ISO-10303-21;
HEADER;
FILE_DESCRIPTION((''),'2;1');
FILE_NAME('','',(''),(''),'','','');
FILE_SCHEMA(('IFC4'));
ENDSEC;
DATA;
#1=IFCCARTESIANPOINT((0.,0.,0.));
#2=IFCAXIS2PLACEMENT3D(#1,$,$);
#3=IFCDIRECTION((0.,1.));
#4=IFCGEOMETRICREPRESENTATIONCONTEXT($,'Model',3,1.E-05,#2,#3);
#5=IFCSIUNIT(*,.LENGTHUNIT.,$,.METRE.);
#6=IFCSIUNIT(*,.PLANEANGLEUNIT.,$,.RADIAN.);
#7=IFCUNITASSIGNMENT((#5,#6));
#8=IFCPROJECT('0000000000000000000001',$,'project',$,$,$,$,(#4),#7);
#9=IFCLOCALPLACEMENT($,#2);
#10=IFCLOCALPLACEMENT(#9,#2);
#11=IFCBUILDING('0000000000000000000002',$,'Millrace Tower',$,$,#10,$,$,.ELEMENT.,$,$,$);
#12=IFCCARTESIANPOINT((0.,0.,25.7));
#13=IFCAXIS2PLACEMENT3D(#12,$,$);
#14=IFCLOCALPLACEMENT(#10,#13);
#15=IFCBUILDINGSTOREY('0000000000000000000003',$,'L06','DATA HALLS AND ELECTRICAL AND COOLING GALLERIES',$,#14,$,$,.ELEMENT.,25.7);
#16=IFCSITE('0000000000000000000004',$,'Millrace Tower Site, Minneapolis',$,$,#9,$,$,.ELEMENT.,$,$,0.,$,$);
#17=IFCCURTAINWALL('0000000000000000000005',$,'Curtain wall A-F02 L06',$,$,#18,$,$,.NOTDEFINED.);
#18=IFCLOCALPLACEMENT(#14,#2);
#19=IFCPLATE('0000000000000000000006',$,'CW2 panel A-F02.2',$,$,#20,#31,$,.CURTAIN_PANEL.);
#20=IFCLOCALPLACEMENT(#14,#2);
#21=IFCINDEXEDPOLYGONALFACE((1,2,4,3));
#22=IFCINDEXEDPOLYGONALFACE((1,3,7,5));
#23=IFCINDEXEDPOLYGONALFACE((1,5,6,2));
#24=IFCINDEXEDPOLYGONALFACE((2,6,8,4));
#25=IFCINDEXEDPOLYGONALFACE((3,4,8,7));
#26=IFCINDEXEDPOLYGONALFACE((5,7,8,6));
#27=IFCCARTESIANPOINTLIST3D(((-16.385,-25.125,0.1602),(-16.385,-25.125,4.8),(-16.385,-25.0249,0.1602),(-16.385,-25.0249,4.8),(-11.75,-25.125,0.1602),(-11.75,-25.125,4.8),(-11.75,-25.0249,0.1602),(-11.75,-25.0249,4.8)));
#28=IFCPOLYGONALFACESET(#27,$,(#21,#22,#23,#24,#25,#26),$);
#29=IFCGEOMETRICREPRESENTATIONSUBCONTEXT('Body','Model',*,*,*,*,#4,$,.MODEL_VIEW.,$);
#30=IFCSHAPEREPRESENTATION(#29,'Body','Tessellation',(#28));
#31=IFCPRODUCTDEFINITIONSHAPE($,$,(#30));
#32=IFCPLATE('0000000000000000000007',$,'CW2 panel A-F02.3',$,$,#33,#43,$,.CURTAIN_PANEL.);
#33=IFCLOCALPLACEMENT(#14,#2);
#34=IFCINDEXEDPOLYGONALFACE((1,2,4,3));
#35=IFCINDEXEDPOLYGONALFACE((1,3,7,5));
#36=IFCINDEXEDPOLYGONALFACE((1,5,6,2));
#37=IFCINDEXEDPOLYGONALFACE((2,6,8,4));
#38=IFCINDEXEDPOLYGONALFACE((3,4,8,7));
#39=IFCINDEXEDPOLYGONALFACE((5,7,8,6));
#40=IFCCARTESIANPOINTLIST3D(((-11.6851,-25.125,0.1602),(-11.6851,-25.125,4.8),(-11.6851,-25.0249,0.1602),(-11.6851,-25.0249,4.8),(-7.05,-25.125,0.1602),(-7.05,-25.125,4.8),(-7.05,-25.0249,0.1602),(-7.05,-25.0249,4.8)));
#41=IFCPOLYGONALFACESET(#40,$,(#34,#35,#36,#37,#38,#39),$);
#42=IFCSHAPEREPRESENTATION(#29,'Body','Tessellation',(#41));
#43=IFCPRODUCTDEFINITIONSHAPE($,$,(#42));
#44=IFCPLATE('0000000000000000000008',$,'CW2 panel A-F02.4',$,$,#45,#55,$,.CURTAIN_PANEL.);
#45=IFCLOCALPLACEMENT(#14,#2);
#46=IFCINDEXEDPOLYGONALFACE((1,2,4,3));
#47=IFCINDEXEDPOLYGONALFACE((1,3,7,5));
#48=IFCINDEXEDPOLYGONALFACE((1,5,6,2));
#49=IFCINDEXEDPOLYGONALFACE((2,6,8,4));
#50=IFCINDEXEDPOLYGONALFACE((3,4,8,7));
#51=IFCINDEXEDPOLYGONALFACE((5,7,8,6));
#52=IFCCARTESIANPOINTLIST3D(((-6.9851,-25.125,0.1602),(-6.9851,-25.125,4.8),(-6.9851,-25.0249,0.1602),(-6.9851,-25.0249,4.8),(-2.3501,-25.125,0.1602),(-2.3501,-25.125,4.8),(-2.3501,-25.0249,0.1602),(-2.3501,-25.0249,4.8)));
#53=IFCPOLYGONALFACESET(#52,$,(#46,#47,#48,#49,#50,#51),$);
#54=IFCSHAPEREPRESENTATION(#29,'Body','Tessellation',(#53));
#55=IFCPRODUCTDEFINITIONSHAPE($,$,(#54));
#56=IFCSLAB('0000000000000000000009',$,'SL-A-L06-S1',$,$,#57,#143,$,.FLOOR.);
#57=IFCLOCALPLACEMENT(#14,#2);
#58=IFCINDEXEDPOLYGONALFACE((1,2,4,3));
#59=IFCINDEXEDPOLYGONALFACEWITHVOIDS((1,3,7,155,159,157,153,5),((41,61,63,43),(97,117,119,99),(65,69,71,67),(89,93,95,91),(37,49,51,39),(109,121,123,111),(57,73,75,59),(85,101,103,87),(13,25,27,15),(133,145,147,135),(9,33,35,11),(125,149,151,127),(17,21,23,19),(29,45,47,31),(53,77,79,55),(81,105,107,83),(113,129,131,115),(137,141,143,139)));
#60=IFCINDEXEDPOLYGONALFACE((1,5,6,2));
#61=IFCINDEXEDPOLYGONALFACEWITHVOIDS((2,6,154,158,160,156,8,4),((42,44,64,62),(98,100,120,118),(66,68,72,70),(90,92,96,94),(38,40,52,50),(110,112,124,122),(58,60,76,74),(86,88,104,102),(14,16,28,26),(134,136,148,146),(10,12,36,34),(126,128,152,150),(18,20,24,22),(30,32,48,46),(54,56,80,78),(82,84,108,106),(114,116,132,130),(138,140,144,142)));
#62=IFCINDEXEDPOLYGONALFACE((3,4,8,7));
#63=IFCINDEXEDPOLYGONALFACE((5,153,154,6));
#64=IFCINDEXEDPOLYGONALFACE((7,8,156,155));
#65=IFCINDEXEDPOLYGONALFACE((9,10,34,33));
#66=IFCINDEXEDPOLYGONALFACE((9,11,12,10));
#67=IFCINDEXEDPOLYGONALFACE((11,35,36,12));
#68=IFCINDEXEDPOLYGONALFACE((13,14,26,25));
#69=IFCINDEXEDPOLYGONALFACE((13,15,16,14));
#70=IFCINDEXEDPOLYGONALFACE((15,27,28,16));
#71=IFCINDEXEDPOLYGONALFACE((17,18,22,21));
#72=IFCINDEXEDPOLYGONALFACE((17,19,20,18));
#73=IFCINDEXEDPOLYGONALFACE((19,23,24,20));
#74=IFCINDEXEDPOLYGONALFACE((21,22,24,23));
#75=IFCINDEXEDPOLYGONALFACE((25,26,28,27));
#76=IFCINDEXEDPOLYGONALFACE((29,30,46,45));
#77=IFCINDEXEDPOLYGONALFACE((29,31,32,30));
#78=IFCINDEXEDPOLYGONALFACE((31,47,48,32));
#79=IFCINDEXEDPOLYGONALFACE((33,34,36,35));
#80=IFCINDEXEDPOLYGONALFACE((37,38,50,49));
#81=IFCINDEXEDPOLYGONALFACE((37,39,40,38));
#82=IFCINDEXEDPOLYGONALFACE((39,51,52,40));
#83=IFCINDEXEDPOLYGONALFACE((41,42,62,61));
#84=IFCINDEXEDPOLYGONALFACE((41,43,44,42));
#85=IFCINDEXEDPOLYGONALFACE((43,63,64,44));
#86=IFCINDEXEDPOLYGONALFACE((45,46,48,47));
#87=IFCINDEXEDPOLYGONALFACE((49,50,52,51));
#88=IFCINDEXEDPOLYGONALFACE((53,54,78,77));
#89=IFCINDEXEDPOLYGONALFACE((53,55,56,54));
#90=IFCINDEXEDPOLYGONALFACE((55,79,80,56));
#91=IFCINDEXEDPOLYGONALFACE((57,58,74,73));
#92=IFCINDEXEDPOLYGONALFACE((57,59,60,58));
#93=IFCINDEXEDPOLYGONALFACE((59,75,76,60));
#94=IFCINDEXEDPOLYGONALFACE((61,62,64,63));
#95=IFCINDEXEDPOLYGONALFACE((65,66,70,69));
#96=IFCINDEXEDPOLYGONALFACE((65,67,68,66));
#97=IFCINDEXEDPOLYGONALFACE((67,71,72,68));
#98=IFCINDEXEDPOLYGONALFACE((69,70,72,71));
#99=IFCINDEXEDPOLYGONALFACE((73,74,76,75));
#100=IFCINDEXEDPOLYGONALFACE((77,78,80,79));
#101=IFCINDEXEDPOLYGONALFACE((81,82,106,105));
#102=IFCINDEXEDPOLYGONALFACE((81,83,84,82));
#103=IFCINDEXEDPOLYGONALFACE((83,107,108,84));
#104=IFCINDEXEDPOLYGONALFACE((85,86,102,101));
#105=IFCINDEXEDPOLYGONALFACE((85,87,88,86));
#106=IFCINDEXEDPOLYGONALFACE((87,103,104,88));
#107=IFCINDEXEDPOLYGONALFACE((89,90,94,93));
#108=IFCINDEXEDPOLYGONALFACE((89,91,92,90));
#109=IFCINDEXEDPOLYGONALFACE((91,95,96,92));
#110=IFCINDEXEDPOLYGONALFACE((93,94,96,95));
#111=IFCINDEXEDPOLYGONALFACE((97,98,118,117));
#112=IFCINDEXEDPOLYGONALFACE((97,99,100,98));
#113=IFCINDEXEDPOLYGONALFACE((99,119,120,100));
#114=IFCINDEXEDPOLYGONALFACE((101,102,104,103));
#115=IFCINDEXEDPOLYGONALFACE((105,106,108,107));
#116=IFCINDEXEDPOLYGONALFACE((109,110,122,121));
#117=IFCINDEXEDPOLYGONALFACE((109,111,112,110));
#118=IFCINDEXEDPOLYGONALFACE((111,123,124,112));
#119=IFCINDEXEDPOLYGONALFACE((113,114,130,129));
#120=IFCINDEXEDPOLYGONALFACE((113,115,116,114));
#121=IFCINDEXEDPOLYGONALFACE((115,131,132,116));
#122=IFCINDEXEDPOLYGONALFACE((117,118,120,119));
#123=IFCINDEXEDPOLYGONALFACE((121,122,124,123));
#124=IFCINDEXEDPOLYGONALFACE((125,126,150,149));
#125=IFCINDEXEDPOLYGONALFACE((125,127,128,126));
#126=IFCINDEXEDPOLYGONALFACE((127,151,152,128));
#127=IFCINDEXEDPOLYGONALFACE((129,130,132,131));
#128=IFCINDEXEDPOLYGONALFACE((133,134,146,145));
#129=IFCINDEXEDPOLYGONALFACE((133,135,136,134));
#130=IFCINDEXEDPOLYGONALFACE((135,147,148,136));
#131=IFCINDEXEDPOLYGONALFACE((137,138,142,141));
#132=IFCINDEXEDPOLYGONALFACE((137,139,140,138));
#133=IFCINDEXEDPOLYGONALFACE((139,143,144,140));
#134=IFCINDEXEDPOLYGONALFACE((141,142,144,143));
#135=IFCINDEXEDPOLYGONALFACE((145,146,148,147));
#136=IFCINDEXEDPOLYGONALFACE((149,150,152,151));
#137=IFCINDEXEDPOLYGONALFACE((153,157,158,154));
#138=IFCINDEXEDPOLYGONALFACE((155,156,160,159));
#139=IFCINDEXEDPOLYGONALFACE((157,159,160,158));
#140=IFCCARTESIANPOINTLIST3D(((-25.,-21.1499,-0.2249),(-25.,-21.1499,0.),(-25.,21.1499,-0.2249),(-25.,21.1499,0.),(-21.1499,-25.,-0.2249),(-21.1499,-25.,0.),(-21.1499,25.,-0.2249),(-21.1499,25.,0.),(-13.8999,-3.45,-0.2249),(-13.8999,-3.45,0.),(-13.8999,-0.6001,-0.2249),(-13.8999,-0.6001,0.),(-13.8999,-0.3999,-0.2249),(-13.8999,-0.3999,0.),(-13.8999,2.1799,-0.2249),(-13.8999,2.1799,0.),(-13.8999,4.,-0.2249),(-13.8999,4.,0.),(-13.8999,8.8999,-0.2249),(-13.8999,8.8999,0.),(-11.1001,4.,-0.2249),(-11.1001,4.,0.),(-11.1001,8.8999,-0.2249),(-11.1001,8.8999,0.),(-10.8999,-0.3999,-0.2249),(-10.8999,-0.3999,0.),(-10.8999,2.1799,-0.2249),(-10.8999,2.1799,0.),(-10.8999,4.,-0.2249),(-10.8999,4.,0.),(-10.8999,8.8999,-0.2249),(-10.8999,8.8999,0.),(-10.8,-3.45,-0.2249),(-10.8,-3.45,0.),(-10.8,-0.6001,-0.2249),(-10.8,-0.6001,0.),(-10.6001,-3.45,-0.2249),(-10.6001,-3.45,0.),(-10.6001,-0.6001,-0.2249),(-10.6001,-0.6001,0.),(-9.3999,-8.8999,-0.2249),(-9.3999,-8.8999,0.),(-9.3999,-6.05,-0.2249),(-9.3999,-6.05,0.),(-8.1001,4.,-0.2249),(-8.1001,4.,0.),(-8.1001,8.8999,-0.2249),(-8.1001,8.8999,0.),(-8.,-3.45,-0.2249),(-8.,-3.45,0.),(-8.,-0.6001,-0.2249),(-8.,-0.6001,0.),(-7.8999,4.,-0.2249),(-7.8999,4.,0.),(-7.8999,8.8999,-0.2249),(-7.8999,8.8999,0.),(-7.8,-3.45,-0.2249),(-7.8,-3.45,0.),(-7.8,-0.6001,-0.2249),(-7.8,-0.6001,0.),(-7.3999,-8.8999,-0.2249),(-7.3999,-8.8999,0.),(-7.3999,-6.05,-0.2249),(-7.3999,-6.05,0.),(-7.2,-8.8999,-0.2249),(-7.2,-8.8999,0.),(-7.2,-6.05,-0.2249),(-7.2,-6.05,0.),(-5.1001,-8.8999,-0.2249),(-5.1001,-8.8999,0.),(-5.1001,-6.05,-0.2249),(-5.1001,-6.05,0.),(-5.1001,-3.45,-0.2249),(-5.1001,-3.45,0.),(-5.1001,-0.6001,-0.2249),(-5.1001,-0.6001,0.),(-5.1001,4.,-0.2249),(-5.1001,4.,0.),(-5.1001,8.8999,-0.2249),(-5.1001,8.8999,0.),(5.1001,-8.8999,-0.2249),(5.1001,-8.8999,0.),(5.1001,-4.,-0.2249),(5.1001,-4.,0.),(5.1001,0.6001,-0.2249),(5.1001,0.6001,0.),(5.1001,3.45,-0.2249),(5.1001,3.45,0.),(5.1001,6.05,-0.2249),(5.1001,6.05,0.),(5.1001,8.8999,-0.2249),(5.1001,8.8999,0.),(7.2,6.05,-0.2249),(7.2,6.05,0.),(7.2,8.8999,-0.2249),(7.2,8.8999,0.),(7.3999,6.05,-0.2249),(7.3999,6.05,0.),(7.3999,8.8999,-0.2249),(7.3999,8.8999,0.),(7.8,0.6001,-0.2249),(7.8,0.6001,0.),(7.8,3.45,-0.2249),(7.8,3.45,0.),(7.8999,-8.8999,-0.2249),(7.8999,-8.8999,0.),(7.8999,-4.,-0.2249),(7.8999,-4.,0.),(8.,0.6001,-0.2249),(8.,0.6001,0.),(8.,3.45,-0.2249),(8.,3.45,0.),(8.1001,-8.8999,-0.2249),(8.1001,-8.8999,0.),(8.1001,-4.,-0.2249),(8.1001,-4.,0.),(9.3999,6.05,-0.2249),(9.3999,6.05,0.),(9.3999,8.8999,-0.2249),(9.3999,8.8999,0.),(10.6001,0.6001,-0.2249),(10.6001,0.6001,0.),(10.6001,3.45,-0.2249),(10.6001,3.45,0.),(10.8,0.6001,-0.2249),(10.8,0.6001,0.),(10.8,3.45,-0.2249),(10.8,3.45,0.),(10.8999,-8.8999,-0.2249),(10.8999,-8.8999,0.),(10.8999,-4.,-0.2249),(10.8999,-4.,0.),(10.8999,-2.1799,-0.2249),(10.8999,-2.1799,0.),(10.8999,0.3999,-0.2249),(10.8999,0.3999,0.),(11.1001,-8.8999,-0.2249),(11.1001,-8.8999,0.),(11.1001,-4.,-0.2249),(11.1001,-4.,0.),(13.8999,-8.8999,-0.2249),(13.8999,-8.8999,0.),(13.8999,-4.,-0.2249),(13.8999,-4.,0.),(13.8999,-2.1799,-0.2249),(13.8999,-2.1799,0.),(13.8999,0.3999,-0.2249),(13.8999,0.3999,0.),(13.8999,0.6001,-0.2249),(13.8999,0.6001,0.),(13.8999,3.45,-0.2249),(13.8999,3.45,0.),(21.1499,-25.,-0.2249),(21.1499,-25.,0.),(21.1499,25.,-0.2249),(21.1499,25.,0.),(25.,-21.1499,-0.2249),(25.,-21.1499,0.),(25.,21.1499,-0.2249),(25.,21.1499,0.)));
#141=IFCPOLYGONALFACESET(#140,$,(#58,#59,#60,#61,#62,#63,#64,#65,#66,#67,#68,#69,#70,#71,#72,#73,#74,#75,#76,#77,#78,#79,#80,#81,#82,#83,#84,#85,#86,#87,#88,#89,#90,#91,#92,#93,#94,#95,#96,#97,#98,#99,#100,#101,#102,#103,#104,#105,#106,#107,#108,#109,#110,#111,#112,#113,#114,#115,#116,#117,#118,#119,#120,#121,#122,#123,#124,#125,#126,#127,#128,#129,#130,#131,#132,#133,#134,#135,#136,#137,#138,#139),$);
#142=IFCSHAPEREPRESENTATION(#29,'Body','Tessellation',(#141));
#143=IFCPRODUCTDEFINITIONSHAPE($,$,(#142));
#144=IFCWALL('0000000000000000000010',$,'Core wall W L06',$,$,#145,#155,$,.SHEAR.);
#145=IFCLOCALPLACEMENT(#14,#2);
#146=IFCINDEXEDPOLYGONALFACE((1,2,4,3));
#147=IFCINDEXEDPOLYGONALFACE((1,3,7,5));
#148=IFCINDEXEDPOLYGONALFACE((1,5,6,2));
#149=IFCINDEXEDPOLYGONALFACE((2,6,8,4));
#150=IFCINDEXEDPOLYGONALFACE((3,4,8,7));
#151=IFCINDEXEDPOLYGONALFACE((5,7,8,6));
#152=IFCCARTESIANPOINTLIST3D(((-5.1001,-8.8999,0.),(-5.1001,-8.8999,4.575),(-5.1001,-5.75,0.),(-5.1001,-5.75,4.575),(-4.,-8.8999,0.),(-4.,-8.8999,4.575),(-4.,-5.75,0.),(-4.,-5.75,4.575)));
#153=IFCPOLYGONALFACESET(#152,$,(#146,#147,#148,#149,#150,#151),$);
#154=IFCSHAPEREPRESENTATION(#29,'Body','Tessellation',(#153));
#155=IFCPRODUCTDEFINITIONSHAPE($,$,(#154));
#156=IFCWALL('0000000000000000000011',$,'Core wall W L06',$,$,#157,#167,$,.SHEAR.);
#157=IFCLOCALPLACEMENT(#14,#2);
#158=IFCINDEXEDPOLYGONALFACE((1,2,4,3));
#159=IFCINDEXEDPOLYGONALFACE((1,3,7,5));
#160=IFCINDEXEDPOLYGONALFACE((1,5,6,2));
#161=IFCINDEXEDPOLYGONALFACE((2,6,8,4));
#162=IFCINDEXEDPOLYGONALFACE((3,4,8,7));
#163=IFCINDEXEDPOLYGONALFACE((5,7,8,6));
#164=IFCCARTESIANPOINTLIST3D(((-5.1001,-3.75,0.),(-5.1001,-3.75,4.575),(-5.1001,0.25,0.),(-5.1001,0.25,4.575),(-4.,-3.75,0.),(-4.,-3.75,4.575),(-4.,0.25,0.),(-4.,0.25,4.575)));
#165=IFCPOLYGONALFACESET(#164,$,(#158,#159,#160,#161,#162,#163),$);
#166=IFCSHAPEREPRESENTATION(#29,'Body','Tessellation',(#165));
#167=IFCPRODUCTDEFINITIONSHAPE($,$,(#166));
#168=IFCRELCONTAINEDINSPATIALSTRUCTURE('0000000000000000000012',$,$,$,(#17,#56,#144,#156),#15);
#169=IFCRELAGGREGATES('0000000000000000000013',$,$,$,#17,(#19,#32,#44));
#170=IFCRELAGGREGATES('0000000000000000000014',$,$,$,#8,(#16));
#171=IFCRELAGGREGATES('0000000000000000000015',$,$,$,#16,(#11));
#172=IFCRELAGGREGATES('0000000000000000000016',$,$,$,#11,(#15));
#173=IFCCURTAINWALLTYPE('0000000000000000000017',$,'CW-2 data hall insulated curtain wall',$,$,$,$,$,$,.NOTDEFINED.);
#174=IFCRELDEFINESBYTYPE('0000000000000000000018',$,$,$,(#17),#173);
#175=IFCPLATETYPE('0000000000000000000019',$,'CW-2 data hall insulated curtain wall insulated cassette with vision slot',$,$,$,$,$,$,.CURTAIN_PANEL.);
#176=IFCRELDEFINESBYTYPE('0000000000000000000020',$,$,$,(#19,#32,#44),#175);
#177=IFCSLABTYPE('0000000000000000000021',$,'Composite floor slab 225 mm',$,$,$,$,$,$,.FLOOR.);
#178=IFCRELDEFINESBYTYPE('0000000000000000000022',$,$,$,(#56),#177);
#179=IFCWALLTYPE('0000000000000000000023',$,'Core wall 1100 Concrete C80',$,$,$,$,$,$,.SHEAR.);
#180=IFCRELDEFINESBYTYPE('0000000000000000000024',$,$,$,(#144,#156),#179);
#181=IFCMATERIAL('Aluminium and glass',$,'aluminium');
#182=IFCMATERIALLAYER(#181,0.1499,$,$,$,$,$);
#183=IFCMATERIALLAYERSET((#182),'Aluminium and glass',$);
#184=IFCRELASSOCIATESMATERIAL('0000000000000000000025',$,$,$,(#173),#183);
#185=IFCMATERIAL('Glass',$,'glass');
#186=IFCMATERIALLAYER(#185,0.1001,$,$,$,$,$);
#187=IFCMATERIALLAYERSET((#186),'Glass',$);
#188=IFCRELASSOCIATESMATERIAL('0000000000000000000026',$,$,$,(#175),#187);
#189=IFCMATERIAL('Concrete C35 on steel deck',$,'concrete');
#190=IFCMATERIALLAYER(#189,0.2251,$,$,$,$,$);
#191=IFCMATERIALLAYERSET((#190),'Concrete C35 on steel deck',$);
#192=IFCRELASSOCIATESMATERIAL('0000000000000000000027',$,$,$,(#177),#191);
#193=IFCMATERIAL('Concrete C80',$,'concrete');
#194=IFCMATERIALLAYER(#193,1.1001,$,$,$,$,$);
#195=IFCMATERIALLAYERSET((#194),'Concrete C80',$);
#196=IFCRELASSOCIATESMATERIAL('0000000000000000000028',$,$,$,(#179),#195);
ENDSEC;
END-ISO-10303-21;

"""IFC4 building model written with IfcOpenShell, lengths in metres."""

from ifc_helpers import new_model, si_unit, direction, frame, frame_2d, origin, place, context, subcontext, project, spatial, polyline, rectangle, outline, extrude, material, layer, layer_set, type_object, element, aggregate, save


model = new_model("IFC4")

# Units and contexts
model_context = context("Model", 3, precision=1e-05, world=origin(), true_north=direction((0.0, 1.0)))
body_context = subcontext(model_context, "Body", "Model", "MODEL_VIEW")
ifc_project = project(units=[si_unit("LENGTHUNIT", "METRE"), si_unit("PLANEANGLEUNIT", "RADIAN")], contexts=[model_context])

# Site, building, storey
site_placement = place(None, origin())
site = spatial("IfcSite", under=ifc_project, at=site_placement, Name="Millrace Tower Site, Minneapolis", CompositionType="ELEMENT", RefElevation=0.0)
building_placement = place(site_placement, origin())
building = spatial("IfcBuilding", under=site, at=building_placement, Name="Millrace Tower", CompositionType="ELEMENT")
storey_placement = place(building_placement, frame((0.0, 0.0, 25.7)))
storey = spatial("IfcBuildingStorey", under=building, at=storey_placement, Name="L06", Description="DATA HALLS AND ELECTRICAL AND COOLING GALLERIES", CompositionType="ELEMENT", Elevation=25.7)

# Shared definitions
ifc_material_1 = material(Name="Aluminium and glass", Category="aluminium")
ifc_layer_1 = layer(ifc_material_1, 0.1499)
ifc_layer_set_1 = layer_set([ifc_layer_1], Name="Aluminium and glass")
curtain_wall_type = type_object("IfcCurtainWallType", Name="CW-2 data hall insulated curtain wall", PredefinedType="NOTDEFINED", material=ifc_layer_set_1)
placement_1 = place(storey_placement, origin())
ifc_material_2 = material(Name="Glass", Category="glass")
ifc_layer_2 = layer(ifc_material_2, 0.1001)
ifc_layer_set_2 = layer_set([ifc_layer_2], Name="Glass")
plate_type = type_object("IfcPlateType", Name="CW-2 data hall insulated curtain wall insulated cassette with vision slot", PredefinedType="CURTAIN_PANEL", material=ifc_layer_set_2)
placement_2 = place(storey_placement, frame((0.0, 0.0, 0.1602)))

# Curtain wall, plates
curtain_wall_1 = element("IfcCurtainWall", 1, at=placement_1, inside=storey, type_object=curtain_wall_type, Name="Curtain wall A-F02 L06", PredefinedType="NOTDEFINED")
plate_1 = element("IfcPlate", 2, at=placement_2, type_object=plate_type, Name="CW2 panel A-F02.2", PredefinedType="CURTAIN_PANEL", context=body_context, shape_type="SweptSolid", body=[
    extrude(outline(polyline([(-16.385, -25.125), (-11.75, -25.125), (-11.75, -25.0249), (-16.385, -25.0249), (-16.385, -25.125)])), origin(), (0.0, 0.0, 1.0), 4.6399),
])
plate_2 = element("IfcPlate", 3, at=placement_2, type_object=plate_type, Name="CW2 panel A-F02.3", PredefinedType="CURTAIN_PANEL", context=body_context, shape_type="SweptSolid", body=[
    extrude(outline(polyline([(-11.6851, -25.125), (-7.05, -25.125), (-7.05, -25.0249), (-11.6851, -25.0249), (-11.6851, -25.125)])), origin(), (0.0, 0.0, 1.0), 4.6399),
])
plate_3 = element("IfcPlate", 4, at=placement_2, type_object=plate_type, Name="CW2 panel A-F02.4", PredefinedType="CURTAIN_PANEL", context=body_context, shape_type="SweptSolid", body=[
    extrude(outline(polyline([(-6.9851, -25.125), (-2.3501, -25.125), (-2.3501, -25.0249), (-6.9851, -25.0249), (-6.9851, -25.125)])), origin(), (0.0, 0.0, 1.0), 4.6399),
])
aggregate(curtain_wall_1, [plate_1, plate_2, plate_3])

# Slab
ifc_material_3 = material(Name="Concrete C35 on steel deck", Category="concrete")
ifc_layer_3 = layer(ifc_material_3, 0.2251)
ifc_layer_set_3 = layer_set([ifc_layer_3], Name="Concrete C35 on steel deck")
slab_type = type_object("IfcSlabType", Name="Composite floor slab 225 mm", PredefinedType="FLOOR", material=ifc_layer_set_3)
slab_placement = place(storey_placement, frame((0.0, 0.0, -0.2249)))
element("IfcSlab", 5, at=slab_placement, inside=storey, type_object=slab_type, Name="SL-A-L06-S1", PredefinedType="FLOOR", context=body_context, shape_type="SweptSolid", body=[
    extrude(outline(polyline([(-25.0, -21.1499), (-21.1499, -25.0), (21.1499, -25.0), (25.0, -21.1499), (25.0, 21.1499), (21.1499, 25.0), (-21.1499, 25.0), (-25.0, 21.1499), (-25.0, -21.1499)]), holes=[polyline([(-9.3999, -8.8999), (-7.3999, -8.8999), (-7.3999, -6.05), (-9.3999, -6.05), (-9.3999, -8.8999)]), polyline([(-7.2, -8.8999), (-5.1001, -8.8999), (-5.1001, -6.05), (-7.2, -6.05), (-7.2, -8.8999)]), polyline([(-13.8999, -3.45), (-10.8, -3.45), (-10.8, -0.6001), (-13.8999, -0.6001), (-13.8999, -3.45)]), polyline([(-10.6001, -3.45), (-8.0, -3.45), (-8.0, -0.6001), (-10.6001, -0.6001), (-10.6001, -3.45)]), polyline([(-7.8, -3.45), (-5.1001, -3.45), (-5.1001, -0.6001), (-7.8, -0.6001), (-7.8, -3.45)]), polyline([(-13.8999, -0.3999), (-10.8999, -0.3999), (-10.8999, 2.1799), (-13.8999, 2.1799), (-13.8999, -0.3999)]), polyline([(-13.8999, 4.0), (-11.1001, 4.0), (-11.1001, 8.8999), (-13.8999, 8.8999), (-13.8999, 4.0)]), polyline([(-10.8999, 4.0), (-8.1001, 4.0), (-8.1001, 8.8999), (-10.8999, 8.8999), (-10.8999, 4.0)]), polyline([(-7.8999, 4.0), (-5.1001, 4.0), (-5.1001, 8.8999), (-7.8999, 8.8999), (-7.8999, 4.0)]), polyline([(7.3999, 6.05), (9.3999, 6.05), (9.3999, 8.8999), (7.3999, 8.8999), (7.3999, 6.05)]), polyline([(5.1001, 6.05), (7.2, 6.05), (7.2, 8.8999), (5.1001, 8.8999), (5.1001, 6.05)]), polyline([(10.8, 0.6001), (13.8999, 0.6001), (13.8999, 3.45), (10.8, 3.45), (10.8, 0.6001)]), polyline([(8.0, 0.6001), (10.6001, 0.6001), (10.6001, 3.45), (8.0, 3.45), (8.0, 0.6001)]), polyline([(5.1001, 0.6001), (7.8, 0.6001), (7.8, 3.45), (5.1001, 3.45), (5.1001, 0.6001)]), polyline([(10.8999, -2.1799), (13.8999, -2.1799), (13.8999, 0.3999), (10.8999, 0.3999), (10.8999, -2.1799)]), polyline([(11.1001, -8.8999), (13.8999, -8.8999), (13.8999, -4.0), (11.1001, -4.0), (11.1001, -8.8999)]), polyline([(8.1001, -8.8999), (10.8999, -8.8999), (10.8999, -4.0), (8.1001, -4.0), (8.1001, -8.8999)]), polyline([(5.1001, -8.8999), (7.8999, -8.8999), (7.8999, -4.0), (5.1001, -4.0), (5.1001, -8.8999)])]), origin(), (0.0, 0.0, 1.0), 0.2249),
])

# Walls
ifc_material_4 = material(Name="Concrete C80", Category="concrete")
ifc_layer_4 = layer(ifc_material_4, 1.1001)
ifc_layer_set_4 = layer_set([ifc_layer_4], Name="Concrete C80")
wall_type_1 = type_object("IfcWallType", Name="Core wall 1100 Concrete C80", PredefinedType="SHEAR", material=ifc_layer_set_4)
wall_1_placement = place(storey_placement, frame((-4.55, -8.8999, 0.0), z_axis=(0.0, 0.0, 1.0), x_axis=(0.0, 1.0, 0.0)))
element("IfcWall", 6, at=wall_1_placement, inside=storey, type_object=wall_type_1, Name="Core wall W L06", PredefinedType="SHEAR", context=body_context, shape_type="SweptSolid", body=[
    extrude(rectangle(XDim=3.1499, YDim=1.1001, at=frame_2d((1.575, 0.0))), origin(), (0.0, 0.0, 1.0), 4.575),
])
wall_2_placement = place(storey_placement, frame((-4.55, -3.75, 0.0), z_axis=(0.0, 0.0, 1.0), x_axis=(0.0, 1.0, 0.0)))
element("IfcWall", 7, at=wall_2_placement, inside=storey, type_object=wall_type_1, Name="Core wall W L06", PredefinedType="SHEAR", context=body_context, shape_type="SweptSolid", body=[
    extrude(rectangle(XDim=4.0, YDim=1.1001, at=frame_2d((2.0, 0.0))), origin(), (0.0, 0.0, 1.0), 4.575),
])

save(model, "model.ifc")
